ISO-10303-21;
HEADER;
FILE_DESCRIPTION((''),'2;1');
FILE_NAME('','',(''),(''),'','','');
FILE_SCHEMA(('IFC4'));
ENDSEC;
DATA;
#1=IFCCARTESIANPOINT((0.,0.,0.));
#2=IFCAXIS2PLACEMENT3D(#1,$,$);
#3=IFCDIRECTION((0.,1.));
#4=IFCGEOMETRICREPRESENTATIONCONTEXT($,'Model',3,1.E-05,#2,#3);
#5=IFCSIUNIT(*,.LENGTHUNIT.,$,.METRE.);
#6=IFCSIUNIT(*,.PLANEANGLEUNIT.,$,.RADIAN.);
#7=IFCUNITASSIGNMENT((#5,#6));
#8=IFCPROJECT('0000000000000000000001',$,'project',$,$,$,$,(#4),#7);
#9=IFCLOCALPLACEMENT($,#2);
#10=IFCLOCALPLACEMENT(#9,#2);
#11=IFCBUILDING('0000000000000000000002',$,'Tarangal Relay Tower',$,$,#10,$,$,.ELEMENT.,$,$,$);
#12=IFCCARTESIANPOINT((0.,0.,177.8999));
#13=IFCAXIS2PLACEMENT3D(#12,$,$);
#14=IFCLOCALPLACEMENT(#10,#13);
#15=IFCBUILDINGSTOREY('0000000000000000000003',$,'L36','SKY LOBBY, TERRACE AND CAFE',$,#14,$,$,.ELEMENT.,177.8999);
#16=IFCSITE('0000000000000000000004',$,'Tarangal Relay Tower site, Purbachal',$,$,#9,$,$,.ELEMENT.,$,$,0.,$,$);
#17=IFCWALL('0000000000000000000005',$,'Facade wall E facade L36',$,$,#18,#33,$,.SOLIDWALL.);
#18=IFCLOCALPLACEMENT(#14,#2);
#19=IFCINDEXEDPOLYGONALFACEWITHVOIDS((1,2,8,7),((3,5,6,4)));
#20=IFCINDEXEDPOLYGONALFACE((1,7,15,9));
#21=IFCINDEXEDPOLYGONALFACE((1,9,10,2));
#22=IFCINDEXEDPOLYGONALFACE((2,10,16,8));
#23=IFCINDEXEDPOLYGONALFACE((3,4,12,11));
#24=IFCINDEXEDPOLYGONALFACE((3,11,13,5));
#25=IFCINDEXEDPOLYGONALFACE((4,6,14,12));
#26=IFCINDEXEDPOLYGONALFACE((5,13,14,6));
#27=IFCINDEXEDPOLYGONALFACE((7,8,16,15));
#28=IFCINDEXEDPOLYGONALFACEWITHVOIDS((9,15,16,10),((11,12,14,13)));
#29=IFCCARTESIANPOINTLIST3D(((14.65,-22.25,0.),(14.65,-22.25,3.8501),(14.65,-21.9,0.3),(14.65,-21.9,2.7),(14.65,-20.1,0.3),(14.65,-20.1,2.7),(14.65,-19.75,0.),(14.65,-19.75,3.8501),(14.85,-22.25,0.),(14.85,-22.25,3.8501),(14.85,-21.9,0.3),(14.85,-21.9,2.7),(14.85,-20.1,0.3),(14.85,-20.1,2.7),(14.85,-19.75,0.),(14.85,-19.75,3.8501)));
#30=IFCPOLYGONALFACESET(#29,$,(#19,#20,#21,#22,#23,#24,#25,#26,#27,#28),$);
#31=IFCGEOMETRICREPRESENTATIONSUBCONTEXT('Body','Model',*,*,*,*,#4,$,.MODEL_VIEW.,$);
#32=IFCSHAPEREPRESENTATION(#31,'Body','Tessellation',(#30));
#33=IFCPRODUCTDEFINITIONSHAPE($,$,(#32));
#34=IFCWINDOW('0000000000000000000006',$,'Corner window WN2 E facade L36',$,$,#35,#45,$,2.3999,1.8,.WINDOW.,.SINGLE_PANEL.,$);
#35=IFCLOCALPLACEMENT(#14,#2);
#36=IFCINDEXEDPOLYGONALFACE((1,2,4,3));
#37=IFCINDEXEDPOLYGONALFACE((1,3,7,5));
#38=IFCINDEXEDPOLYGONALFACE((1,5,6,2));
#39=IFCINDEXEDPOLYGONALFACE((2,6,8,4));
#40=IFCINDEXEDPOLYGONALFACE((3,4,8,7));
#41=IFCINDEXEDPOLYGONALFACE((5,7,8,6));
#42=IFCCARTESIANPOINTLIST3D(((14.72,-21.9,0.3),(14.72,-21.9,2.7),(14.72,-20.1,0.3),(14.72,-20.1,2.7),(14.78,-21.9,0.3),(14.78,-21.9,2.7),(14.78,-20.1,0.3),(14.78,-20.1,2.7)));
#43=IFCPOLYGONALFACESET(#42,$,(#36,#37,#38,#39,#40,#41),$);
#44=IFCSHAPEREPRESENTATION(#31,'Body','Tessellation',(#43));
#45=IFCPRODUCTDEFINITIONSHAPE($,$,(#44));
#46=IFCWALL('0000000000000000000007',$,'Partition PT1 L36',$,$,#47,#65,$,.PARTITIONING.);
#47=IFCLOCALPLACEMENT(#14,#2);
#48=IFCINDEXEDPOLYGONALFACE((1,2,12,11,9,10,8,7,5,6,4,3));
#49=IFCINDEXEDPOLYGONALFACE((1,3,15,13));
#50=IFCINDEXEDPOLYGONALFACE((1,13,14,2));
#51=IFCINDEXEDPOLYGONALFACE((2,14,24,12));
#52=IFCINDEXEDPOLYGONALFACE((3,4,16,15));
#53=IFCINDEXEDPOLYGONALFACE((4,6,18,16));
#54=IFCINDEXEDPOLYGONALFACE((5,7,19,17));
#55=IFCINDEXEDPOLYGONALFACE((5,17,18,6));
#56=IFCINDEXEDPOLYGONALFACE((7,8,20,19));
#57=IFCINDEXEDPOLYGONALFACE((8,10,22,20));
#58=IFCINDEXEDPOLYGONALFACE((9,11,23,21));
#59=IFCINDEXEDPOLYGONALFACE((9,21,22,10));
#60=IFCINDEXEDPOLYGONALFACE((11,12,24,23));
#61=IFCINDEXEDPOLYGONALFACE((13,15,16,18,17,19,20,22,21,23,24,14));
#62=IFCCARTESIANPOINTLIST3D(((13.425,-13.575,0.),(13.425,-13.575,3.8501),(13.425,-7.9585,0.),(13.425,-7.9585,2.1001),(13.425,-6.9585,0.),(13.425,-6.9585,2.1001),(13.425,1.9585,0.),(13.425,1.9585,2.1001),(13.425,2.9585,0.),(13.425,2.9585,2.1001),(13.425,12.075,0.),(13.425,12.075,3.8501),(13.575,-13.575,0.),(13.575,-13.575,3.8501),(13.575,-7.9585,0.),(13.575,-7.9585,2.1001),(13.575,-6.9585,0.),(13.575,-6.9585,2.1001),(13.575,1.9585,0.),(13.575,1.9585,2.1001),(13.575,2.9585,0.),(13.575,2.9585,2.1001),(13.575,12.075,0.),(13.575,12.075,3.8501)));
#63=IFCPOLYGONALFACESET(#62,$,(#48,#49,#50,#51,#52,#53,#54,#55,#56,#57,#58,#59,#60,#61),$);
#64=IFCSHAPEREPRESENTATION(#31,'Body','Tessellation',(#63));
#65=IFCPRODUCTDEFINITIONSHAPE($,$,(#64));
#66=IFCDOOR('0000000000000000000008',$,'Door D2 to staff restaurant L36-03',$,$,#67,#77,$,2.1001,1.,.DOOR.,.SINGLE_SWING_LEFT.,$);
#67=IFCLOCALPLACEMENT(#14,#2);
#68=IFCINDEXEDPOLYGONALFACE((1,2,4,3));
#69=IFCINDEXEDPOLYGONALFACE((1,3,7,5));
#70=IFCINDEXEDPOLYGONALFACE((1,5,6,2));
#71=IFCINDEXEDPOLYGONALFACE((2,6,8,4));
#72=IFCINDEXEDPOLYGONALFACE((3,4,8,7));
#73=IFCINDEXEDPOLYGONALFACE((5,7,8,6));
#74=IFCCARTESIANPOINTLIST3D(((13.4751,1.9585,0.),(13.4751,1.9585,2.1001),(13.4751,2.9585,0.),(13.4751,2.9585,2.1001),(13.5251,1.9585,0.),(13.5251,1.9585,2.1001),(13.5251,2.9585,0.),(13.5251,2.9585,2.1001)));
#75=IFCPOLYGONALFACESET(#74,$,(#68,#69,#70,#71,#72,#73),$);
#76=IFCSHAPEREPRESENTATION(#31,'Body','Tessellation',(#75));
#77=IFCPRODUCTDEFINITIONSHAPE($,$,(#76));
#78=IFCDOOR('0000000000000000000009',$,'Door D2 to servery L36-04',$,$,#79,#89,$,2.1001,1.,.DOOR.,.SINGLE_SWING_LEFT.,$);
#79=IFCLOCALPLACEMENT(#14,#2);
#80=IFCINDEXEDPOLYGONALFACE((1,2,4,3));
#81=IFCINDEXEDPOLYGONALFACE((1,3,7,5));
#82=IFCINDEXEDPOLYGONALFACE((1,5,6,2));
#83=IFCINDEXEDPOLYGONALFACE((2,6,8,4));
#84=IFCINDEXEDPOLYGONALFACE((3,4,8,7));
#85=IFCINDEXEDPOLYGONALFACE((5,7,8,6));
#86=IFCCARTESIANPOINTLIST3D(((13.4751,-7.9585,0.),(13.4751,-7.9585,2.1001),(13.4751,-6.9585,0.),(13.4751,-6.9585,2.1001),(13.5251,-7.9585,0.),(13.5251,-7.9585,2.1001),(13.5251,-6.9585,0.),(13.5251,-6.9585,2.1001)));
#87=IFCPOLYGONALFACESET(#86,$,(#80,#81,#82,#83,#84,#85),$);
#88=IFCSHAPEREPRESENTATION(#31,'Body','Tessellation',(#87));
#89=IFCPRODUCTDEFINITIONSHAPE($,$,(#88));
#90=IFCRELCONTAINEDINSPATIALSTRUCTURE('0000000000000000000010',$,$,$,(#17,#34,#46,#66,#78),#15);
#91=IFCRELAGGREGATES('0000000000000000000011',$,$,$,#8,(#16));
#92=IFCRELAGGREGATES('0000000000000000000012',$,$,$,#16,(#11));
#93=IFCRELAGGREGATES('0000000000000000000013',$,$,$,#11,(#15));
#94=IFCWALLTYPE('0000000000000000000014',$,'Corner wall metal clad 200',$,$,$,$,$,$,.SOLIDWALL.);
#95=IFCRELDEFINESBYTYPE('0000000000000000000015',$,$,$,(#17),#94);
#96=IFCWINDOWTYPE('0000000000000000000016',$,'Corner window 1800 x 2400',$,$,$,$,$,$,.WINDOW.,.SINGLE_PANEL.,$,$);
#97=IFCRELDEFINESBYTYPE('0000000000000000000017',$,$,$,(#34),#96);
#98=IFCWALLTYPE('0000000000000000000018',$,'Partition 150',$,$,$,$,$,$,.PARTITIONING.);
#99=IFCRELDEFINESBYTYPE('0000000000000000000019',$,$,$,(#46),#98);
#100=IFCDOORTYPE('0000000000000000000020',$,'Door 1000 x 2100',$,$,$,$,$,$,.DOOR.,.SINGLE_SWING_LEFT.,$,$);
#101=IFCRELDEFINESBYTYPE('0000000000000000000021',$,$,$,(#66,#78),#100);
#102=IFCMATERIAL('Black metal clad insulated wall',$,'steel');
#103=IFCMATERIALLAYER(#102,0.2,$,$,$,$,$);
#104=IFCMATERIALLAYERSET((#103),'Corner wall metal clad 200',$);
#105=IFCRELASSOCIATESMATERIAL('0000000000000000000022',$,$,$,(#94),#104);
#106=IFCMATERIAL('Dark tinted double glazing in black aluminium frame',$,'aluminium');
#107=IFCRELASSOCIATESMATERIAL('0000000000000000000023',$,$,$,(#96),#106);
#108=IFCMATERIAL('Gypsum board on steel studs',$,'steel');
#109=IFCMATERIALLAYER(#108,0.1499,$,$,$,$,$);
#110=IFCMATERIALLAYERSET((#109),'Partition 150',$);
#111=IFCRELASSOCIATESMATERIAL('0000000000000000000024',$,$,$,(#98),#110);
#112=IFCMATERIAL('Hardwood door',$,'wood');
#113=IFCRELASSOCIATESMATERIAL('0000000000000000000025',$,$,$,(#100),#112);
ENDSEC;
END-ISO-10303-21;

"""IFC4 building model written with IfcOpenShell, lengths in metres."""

from ifc_helpers import new_model, si_unit, direction, frame, frame_2d, origin, place, context, subcontext, project, spatial, rectangle, extrude, material, layer, layer_set, type_object, element, fill, save


model = new_model("IFC4")

# Units and contexts
model_context = context("Model", 3, precision=1e-05, world=origin(), true_north=direction((0.0, 1.0)))
body_context = subcontext(model_context, "Body", "Model", "MODEL_VIEW")
ifc_project = project(units=[si_unit("LENGTHUNIT", "METRE"), si_unit("PLANEANGLEUNIT", "RADIAN")], contexts=[model_context])

# Site, building, storey
site_placement = place(None, origin())
site = spatial("IfcSite", under=ifc_project, at=site_placement, Name="Tarangal Relay Tower site, Purbachal", CompositionType="ELEMENT", RefElevation=0.0)
building_placement = place(site_placement, origin())
building = spatial("IfcBuilding", under=site, at=building_placement, Name="Tarangal Relay Tower", CompositionType="ELEMENT")
storey_placement = place(building_placement, frame((0.0, 0.0, 177.8999)))
storey = spatial("IfcBuildingStorey", under=building, at=storey_placement, Name="L36", Description="SKY LOBBY, TERRACE AND CAFE", CompositionType="ELEMENT", Elevation=177.8999)

# Shared definitions
ifc_material_1 = material(Name="Black metal clad insulated wall", Category="steel")
ifc_layer_1 = layer(ifc_material_1, 0.2)
ifc_layer_set_1 = layer_set([ifc_layer_1], Name="Corner wall metal clad 200")
wall_type_1 = type_object("IfcWallType", Name="Corner wall metal clad 200", PredefinedType="SOLIDWALL", material=ifc_layer_set_1)

# Shared definitions
ifc_material_2 = material(Name="Dark tinted double glazing in black aluminium frame", Category="aluminium")
window_type = type_object("IfcWindowType", Name="Corner window 1800 x 2400", PartitioningType="SINGLE_PANEL", PredefinedType="WINDOW", material=ifc_material_2)

# Wall, opening, window
wall_1_placement = place(storey_placement, frame((14.75, -19.75, 0.0), z_axis=(0.0, 0.0, 1.0), x_axis=(0.0, -1.0, 0.0)))
wall_1 = element("IfcWall", 1, at=wall_1_placement, inside=storey, type_object=wall_type_1, Name="Facade wall E facade L36", PredefinedType="SOLIDWALL", context=body_context, shape_type="SweptSolid", body=[
    extrude(rectangle(XDim=2.5, YDim=0.2, at=frame_2d((1.25, 0.0))), origin(), (0.0, 0.0, 1.0), 3.8501),
])
opening_1_placement = place(wall_1_placement, frame((0.3501, 0.0, 0.3)))
opening_1 = element("IfcOpeningElement", 2, at=opening_1_placement, cuts=wall_1, PredefinedType="OPENING", context=body_context, shape_type="SweptSolid", body=[
    extrude(rectangle(XDim=1.8, YDim=2.3999, at=frame_2d((0.8999, 1.2))), frame((0.0, 0.1099, 0.0), z_axis=(0.0, -1.0, 0.0), x_axis=(1.0, 0.0, 0.0)), (0.0, 0.0, 1.0), 0.22),
])
window_1_placement = place(opening_1_placement, origin())
window_1 = element("IfcWindow", 3, at=window_1_placement, inside=storey, type_object=window_type, Name="Corner window WN2 E facade L36", OverallHeight=2.3999, OverallWidth=1.8, PartitioningType="SINGLE_PANEL", PredefinedType="WINDOW", context=body_context, shape_type="SweptSolid", body=[
    extrude(rectangle(XDim=1.8, YDim=2.3999, at=frame_2d((0.8999, 1.2))), frame((0.0, 0.03, 0.0), z_axis=(0.0, -1.0, 0.0), x_axis=(1.0, 0.0, 0.0)), (0.0, 0.0, 1.0), 0.0601),
])
fill(opening_1, window_1)

# Wall, openings, doors
ifc_material_3 = material(Name="Gypsum board on steel studs", Category="steel")
ifc_layer_2 = layer(ifc_material_3, 0.1499)
ifc_layer_set_2 = layer_set([ifc_layer_2], Name="Partition 150")
wall_type_2 = type_object("IfcWallType", Name="Partition 150", PredefinedType="PARTITIONING", material=ifc_layer_set_2)
wall_2_placement = place(storey_placement, frame((13.5, -13.575, 0.0), z_axis=(0.0, 0.0, 1.0), x_axis=(0.0, 1.0, 0.0)))
wall_2 = element("IfcWall", 4, at=wall_2_placement, inside=storey, type_object=wall_type_2, Name="Partition PT1 L36", PredefinedType="PARTITIONING", context=body_context, shape_type="SweptSolid", body=[
    extrude(rectangle(XDim=25.6499, YDim=0.1499, at=frame_2d((12.825, 0.0))), origin(), (0.0, 0.0, 1.0), 3.8501),
])
opening_2_placement = place(wall_2_placement, frame((15.5334, 0.0, 0.0)))
opening_2 = element("IfcOpeningElement", 5, at=opening_2_placement, cuts=wall_2, PredefinedType="OPENING", context=body_context, shape_type="SweptSolid", body=[
    extrude(rectangle(XDim=1.0, YDim=2.1001, at=frame_2d((0.5, 1.05))), frame((0.0, 0.085, 0.0), z_axis=(0.0, -1.0, 0.0), x_axis=(1.0, 0.0, 0.0)), (0.0, 0.0, 1.0), 0.1699),
])
opening_3_placement = place(wall_2_placement, frame((5.6165, 0.0, 0.0)))
opening_3 = element("IfcOpeningElement", 6, at=opening_3_placement, cuts=wall_2, PredefinedType="OPENING", context=body_context, shape_type="SweptSolid", body=[
    extrude(rectangle(XDim=1.0, YDim=2.1001, at=frame_2d((0.5, 1.05))), frame((0.0, 0.085, 0.0), z_axis=(0.0, -1.0, 0.0), x_axis=(1.0, 0.0, 0.0)), (0.0, 0.0, 1.0), 0.1699),
])
ifc_material_4 = material(Name="Hardwood door", Category="wood")
door_type_1 = type_object("IfcDoorType", Name="Door 1000 x 2100", OperationType="SINGLE_SWING_LEFT", PredefinedType="DOOR", material=ifc_material_4)
door_1_placement = place(opening_2_placement, origin())
door_1 = element("IfcDoor", 7, at=door_1_placement, inside=storey, type_object=door_type_1, Name="Door D2 to staff restaurant L36-03", OperationType="SINGLE_SWING_LEFT", OverallHeight=2.1001, OverallWidth=1.0, PredefinedType="DOOR", context=body_context, shape_type="SweptSolid", body=[
    extrude(rectangle(XDim=1.0, YDim=2.1001, at=frame_2d((0.5, 1.05))), frame((0.0, 0.0249, 0.0), z_axis=(0.0, -1.0, 0.0), x_axis=(1.0, 0.0, 0.0)), (0.0, 0.0, 1.0), 0.05),
])
fill(opening_2, door_1)
door_2_placement = place(opening_3_placement, origin())
door_2 = element("IfcDoor", 8, at=door_2_placement, inside=storey, type_object=door_type_1, Name="Door D2 to servery L36-04", OperationType="SINGLE_SWING_LEFT", OverallHeight=2.1001, OverallWidth=1.0, PredefinedType="DOOR", context=body_context, shape_type="SweptSolid", body=[
    extrude(rectangle(XDim=1.0, YDim=2.1001, at=frame_2d((0.5, 1.05))), frame((0.0, 0.0249, 0.0), z_axis=(0.0, -1.0, 0.0), x_axis=(1.0, 0.0, 0.0)), (0.0, 0.0, 1.0), 0.05),
])
fill(opening_3, door_2)

save(model, "model.ifc")
